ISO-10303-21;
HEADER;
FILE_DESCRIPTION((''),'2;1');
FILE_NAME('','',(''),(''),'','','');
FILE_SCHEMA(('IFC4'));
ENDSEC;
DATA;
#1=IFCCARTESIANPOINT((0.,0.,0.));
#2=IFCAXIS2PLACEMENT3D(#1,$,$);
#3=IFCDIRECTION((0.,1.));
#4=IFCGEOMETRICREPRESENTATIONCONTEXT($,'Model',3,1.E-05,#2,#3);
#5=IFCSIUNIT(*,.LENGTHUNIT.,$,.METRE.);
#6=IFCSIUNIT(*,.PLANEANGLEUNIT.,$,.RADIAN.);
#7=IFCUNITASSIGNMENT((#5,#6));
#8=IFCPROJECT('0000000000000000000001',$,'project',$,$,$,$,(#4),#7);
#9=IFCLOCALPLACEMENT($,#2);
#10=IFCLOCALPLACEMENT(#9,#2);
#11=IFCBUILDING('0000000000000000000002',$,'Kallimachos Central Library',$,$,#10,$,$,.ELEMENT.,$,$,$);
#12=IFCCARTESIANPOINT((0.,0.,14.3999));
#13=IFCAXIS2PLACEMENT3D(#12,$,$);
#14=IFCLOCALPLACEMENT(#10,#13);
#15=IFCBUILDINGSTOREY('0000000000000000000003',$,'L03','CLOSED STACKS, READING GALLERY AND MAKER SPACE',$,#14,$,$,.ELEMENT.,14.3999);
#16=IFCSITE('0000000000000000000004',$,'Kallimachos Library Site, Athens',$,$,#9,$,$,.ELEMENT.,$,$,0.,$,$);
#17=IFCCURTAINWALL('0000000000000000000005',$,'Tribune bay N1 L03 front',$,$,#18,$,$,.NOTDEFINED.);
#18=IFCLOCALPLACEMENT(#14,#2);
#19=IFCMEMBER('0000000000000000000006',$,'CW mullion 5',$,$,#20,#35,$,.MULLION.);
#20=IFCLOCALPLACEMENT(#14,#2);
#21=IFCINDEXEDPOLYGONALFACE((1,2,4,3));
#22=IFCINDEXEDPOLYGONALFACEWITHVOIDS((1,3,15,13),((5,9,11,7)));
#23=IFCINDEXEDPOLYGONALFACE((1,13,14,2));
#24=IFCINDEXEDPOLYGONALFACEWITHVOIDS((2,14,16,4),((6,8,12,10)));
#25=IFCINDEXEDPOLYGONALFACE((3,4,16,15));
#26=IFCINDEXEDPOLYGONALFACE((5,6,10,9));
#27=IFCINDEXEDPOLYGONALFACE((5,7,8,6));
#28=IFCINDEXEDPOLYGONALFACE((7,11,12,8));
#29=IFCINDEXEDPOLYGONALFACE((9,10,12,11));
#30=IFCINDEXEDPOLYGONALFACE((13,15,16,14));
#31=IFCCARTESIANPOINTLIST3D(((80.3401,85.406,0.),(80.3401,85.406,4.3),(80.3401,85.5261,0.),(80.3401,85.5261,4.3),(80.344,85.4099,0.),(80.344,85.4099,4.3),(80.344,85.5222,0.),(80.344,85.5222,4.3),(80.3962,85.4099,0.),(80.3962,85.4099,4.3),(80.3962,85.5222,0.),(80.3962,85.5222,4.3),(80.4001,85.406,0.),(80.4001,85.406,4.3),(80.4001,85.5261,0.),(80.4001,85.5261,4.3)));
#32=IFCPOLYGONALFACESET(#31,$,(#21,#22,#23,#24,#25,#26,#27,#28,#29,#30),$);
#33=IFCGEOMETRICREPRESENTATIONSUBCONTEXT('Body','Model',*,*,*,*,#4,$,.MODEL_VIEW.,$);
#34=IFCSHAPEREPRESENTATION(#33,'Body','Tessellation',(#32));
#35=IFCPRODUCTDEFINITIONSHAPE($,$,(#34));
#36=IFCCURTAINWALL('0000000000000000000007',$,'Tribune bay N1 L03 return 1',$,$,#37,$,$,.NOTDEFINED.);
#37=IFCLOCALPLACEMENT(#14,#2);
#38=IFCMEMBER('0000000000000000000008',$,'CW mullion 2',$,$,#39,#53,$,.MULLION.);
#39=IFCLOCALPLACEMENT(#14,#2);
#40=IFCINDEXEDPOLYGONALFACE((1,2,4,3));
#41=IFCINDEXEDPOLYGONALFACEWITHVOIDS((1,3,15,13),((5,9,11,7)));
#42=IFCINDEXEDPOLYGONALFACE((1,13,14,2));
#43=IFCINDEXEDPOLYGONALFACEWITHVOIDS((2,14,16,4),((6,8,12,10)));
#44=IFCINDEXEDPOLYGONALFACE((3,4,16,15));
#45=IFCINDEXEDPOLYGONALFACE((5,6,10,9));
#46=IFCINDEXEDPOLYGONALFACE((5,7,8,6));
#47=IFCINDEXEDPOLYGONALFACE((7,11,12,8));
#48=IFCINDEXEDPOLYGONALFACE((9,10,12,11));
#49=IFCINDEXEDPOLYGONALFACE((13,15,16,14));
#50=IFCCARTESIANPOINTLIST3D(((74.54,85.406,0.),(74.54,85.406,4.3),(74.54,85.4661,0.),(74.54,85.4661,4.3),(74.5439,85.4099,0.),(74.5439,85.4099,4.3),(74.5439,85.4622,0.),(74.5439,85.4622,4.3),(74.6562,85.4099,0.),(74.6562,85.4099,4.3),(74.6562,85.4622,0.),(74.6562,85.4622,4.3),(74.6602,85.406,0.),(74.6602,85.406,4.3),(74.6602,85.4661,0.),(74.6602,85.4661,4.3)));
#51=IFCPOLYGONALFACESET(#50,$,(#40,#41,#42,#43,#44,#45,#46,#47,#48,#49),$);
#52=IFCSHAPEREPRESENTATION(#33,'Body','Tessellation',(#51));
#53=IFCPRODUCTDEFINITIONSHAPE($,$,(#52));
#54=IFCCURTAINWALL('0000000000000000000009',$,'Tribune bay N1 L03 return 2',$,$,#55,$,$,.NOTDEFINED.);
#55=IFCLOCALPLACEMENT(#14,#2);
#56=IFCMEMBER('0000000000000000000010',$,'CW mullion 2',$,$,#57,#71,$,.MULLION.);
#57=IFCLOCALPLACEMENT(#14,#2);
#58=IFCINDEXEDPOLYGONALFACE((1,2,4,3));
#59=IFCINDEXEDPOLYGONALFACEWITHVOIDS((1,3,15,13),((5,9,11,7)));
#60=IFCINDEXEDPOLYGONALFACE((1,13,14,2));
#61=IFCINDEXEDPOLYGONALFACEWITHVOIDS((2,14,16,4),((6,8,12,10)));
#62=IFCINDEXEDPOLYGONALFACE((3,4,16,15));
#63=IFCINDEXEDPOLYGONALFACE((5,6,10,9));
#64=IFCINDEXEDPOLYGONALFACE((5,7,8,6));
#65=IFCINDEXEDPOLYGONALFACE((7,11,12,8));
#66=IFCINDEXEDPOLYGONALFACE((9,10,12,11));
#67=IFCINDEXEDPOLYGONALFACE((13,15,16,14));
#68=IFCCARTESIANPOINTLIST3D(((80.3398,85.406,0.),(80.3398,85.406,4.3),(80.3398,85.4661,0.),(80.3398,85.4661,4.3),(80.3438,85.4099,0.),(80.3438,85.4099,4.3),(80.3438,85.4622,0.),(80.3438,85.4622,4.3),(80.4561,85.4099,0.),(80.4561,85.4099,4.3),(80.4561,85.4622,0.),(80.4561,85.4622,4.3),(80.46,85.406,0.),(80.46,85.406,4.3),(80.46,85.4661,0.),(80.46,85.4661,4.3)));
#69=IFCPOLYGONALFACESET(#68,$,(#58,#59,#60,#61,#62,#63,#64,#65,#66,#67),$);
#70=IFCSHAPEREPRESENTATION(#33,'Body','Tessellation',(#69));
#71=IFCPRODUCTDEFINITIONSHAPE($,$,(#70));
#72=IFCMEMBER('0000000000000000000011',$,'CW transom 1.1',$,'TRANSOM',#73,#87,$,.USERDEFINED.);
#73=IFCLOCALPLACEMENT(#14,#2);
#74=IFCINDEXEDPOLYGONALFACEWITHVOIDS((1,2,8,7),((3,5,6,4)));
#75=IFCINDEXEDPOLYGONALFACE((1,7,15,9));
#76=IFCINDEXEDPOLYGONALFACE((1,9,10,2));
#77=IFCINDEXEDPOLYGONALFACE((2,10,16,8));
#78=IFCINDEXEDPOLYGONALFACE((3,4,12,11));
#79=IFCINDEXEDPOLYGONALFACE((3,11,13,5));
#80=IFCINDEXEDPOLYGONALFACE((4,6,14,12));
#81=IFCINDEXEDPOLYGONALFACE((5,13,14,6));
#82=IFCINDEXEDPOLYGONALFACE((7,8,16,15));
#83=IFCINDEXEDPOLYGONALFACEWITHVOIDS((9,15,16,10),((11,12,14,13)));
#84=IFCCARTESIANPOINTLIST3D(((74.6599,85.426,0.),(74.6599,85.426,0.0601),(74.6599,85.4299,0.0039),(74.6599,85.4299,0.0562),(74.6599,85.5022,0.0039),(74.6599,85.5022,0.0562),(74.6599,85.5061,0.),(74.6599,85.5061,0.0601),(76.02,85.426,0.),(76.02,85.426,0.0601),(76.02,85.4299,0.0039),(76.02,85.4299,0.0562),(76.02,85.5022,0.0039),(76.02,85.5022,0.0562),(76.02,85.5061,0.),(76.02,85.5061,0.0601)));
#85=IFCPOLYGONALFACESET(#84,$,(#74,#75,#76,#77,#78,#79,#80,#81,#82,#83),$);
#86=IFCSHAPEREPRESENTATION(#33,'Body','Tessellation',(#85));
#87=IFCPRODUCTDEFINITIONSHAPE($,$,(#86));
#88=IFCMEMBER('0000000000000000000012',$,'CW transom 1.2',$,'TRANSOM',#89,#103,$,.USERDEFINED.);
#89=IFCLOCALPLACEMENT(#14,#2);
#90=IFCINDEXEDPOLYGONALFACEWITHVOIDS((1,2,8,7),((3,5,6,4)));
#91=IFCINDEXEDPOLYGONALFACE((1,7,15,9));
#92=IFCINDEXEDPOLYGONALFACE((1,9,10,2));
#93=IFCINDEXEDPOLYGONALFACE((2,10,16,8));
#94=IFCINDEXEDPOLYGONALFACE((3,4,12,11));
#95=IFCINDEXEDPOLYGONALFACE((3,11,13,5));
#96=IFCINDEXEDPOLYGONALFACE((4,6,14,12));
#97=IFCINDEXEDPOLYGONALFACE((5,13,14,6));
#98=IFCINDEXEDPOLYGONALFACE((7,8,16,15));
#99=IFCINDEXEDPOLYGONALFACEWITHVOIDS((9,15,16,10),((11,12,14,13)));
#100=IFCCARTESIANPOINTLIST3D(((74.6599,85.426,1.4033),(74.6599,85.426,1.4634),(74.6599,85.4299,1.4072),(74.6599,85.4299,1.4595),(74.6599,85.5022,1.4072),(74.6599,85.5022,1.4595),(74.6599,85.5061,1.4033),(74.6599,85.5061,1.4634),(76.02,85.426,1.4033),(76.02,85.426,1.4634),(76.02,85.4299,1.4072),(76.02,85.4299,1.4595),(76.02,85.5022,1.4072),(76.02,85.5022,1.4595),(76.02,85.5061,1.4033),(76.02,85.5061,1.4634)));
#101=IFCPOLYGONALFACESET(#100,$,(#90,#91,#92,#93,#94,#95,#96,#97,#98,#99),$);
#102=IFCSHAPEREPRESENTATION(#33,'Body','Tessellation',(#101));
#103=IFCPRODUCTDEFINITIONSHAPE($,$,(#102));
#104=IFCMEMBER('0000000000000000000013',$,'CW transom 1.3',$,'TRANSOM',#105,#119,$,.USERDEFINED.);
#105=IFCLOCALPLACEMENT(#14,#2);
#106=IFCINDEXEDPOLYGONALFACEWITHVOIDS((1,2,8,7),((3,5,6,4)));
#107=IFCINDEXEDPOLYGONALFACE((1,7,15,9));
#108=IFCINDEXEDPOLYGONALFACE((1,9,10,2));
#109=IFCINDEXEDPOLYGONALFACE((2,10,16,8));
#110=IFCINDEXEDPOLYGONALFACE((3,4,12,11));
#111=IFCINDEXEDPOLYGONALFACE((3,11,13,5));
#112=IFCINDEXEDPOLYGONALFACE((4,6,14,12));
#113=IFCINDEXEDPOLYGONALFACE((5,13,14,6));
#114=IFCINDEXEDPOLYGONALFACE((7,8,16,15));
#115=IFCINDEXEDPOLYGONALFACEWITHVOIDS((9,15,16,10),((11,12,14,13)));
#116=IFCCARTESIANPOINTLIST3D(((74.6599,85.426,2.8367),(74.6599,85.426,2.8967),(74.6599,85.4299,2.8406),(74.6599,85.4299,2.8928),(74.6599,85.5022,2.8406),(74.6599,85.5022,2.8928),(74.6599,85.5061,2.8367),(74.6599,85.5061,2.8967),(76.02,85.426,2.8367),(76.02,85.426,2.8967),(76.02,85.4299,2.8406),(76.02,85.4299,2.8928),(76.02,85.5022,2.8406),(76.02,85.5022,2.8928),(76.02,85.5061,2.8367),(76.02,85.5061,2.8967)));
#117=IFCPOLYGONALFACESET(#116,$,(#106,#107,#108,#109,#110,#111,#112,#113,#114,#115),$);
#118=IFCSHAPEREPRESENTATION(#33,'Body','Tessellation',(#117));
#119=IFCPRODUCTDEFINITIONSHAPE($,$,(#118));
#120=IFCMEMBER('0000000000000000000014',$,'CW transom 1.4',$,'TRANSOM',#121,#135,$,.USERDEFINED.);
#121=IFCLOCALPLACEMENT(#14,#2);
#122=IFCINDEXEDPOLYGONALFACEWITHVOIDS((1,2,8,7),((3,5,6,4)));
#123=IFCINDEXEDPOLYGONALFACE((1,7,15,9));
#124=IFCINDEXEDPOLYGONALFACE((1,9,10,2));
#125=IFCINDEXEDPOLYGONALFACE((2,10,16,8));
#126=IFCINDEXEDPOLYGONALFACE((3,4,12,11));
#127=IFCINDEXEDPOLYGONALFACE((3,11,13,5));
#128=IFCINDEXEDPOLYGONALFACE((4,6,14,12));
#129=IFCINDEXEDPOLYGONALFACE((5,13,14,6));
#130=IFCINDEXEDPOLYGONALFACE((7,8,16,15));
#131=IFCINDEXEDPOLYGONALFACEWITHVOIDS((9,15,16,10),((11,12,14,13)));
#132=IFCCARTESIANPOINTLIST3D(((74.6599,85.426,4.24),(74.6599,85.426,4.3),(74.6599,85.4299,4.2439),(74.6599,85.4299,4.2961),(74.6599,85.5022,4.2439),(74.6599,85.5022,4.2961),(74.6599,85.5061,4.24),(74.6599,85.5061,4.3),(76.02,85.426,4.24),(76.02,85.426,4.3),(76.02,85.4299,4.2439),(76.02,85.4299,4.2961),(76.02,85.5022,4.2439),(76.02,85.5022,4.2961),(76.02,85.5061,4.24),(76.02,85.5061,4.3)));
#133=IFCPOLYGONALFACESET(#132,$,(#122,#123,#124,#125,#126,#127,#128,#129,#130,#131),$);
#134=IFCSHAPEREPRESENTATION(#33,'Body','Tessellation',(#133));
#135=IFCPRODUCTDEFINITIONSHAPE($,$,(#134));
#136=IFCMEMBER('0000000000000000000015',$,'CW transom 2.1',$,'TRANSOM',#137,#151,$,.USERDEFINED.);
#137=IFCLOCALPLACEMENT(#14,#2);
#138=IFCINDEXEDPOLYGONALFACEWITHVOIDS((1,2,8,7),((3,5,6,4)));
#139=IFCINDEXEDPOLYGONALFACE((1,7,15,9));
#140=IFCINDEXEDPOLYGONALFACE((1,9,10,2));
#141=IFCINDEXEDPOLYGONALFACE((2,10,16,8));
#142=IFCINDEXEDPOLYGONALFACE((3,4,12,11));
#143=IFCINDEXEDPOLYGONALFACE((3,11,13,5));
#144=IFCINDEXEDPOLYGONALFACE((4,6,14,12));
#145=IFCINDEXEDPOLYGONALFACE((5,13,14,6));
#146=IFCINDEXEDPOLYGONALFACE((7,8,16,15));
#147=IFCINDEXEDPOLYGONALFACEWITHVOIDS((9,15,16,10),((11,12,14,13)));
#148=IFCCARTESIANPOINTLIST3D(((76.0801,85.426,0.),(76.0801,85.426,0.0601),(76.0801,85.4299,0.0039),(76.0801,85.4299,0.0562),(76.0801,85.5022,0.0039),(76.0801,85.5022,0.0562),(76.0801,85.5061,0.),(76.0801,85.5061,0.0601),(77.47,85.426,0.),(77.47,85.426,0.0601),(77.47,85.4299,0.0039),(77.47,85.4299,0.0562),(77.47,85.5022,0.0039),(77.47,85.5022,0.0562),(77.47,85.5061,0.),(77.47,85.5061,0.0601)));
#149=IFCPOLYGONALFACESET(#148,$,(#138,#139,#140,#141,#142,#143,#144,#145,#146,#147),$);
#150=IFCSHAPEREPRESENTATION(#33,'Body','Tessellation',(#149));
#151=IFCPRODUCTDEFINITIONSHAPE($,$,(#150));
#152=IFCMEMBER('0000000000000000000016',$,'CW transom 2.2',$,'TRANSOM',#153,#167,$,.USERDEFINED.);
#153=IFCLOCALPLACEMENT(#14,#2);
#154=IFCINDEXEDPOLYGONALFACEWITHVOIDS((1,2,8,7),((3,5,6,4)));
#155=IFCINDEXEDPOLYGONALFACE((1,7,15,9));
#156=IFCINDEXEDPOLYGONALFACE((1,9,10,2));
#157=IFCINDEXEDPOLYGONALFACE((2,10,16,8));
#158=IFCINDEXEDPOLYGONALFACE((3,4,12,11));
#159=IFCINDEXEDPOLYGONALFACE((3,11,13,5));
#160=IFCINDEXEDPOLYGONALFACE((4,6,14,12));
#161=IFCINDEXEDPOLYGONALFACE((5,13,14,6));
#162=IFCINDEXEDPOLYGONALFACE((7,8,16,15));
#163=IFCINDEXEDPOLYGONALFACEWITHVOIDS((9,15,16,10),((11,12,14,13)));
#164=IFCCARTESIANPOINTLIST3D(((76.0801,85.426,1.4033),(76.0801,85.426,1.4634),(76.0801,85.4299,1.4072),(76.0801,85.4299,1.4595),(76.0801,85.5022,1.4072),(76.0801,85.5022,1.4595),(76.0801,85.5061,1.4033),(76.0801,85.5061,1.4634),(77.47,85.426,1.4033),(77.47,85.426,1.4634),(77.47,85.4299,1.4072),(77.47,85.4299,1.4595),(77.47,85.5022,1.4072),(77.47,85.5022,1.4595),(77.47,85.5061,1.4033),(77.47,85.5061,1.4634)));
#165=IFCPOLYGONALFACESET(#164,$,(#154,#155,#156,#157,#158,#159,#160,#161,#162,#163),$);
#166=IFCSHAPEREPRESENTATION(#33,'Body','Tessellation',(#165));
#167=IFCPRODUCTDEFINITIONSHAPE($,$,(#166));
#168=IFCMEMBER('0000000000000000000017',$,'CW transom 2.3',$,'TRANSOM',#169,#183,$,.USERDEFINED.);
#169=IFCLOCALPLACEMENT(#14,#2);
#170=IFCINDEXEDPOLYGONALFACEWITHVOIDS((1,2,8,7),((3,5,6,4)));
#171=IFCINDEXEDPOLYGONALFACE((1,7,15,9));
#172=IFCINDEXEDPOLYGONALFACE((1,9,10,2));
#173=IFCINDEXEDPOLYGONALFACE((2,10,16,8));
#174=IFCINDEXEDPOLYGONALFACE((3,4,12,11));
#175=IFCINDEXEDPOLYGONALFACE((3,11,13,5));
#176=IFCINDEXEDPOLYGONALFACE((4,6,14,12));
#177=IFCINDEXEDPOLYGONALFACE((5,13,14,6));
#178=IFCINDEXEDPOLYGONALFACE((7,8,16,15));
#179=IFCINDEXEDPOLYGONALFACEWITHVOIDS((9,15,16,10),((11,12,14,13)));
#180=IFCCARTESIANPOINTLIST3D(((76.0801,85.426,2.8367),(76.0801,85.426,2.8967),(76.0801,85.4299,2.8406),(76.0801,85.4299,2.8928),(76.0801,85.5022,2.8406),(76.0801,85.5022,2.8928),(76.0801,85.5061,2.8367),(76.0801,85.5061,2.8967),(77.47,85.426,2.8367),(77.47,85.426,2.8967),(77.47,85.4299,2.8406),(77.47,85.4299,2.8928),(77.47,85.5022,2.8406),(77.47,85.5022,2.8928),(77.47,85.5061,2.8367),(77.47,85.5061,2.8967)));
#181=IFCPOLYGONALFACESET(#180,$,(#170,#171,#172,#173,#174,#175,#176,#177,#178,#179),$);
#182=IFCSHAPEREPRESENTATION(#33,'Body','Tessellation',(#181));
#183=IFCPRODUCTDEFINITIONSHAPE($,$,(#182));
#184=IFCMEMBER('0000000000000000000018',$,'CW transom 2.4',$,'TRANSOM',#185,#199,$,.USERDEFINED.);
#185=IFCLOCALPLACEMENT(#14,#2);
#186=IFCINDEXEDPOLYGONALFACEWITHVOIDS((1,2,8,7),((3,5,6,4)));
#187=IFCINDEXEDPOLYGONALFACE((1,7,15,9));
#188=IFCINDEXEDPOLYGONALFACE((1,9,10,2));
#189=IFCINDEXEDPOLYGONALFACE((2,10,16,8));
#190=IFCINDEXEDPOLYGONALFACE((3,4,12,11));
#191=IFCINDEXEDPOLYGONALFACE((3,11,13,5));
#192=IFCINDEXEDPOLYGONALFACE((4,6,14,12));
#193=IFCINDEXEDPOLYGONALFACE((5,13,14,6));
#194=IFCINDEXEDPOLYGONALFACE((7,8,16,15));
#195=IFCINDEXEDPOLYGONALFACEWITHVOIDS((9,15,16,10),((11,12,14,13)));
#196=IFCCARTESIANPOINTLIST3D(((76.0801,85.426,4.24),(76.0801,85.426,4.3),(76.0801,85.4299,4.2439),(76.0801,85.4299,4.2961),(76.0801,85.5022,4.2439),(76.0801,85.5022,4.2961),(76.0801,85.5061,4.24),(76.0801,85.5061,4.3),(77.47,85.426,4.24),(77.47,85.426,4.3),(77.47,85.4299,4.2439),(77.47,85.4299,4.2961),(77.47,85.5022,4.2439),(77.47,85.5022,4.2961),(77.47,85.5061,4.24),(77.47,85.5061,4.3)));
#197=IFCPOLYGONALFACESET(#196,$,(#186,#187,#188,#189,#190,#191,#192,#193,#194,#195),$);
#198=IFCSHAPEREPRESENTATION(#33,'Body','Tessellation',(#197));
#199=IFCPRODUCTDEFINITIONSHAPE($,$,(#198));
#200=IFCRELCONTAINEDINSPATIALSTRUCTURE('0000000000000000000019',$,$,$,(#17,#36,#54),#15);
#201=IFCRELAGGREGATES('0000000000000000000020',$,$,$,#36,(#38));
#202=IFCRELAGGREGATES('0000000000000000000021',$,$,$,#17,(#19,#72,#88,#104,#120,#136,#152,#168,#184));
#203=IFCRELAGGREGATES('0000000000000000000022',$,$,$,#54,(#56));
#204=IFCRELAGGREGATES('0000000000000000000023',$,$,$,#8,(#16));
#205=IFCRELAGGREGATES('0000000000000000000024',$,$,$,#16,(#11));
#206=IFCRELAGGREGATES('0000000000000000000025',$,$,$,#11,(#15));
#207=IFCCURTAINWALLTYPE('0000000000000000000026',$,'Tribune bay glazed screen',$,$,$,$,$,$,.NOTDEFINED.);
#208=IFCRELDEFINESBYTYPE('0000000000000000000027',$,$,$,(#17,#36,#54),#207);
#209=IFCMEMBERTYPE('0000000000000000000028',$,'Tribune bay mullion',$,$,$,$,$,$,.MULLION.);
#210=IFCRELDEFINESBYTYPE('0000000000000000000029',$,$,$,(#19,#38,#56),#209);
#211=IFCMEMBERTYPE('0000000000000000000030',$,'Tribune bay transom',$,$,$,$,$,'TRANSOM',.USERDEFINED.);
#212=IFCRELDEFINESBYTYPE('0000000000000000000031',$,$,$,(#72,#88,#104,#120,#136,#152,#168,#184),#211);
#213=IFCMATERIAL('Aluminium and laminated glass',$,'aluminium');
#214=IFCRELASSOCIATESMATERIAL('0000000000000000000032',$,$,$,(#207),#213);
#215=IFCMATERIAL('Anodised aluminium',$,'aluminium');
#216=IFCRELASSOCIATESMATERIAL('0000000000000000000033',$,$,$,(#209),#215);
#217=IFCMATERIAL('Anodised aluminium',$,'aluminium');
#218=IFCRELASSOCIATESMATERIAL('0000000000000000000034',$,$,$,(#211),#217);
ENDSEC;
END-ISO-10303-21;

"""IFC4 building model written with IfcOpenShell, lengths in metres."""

from ifc_helpers import new_model, si_unit, direction, frame, origin, origin_2d, place, context, subcontext, project, spatial, hollow_rectangle, extrude, material, material_profile, profile_set, type_object, element, aggregate, save


model = new_model("IFC4")

# Units and contexts
model_context = context("Model", 3, precision=1e-05, world=origin(), true_north=direction((0.0, 1.0)))
body_context = subcontext(model_context, "Body", "Model", "MODEL_VIEW")
ifc_project = project(units=[si_unit("LENGTHUNIT", "METRE"), si_unit("PLANEANGLEUNIT", "RADIAN")], contexts=[model_context])

# Site, building, storey
site_placement = place(None, origin())
site = spatial("IfcSite", under=ifc_project, at=site_placement, Name="Kallimachos Library Site, Athens", CompositionType="ELEMENT", RefElevation=0.0)
building_placement = place(site_placement, origin())
building = spatial("IfcBuilding", under=site, at=building_placement, Name="Kallimachos Central Library", CompositionType="ELEMENT")
storey_placement = place(building_placement, frame((0.0, 0.0, 14.3999)))
storey = spatial("IfcBuildingStorey", under=building, at=storey_placement, Name="L03", Description="CLOSED STACKS, READING GALLERY AND MAKER SPACE", CompositionType="ELEMENT", Elevation=14.3999)

# Curtain wall, member
ifc_material_1 = material(Name="Aluminium and laminated glass", Category="aluminium")
curtain_wall_type = type_object("IfcCurtainWallType", Name="Tribune bay glazed screen", PredefinedType="NOTDEFINED", material=ifc_material_1)
curtain_wall_1_placement = place(storey_placement, origin())
curtain_wall_1 = element("IfcCurtainWall", 1, at=curtain_wall_1_placement, inside=storey, type_object=curtain_wall_type, Name="Tribune bay N1 L03 front", PredefinedType="NOTDEFINED")
ifc_material_2 = material(Name="Anodised aluminium", Category="aluminium")
ifc_material_profile_1 = material_profile(ifc_material_2, hollow_rectangle(XDim=0.0601, YDim=0.1201, WallThickness=0.0039, at=origin_2d()), Name="ALU MULLION 60x120")
ifc_profile_set_1 = profile_set([ifc_material_profile_1], Name="Anodised aluminium")
member_type_1 = type_object("IfcMemberType", Name="Tribune bay mullion", PredefinedType="MULLION", material=ifc_profile_set_1)
member_1_placement = place(storey_placement, frame((80.3701, 85.4661, 0.0), z_axis=(0.0, 0.0, 1.0), x_axis=(1.0, 0.0, 0.0)))
member_1 = element("IfcMember", 2, at=member_1_placement, type_object=member_type_1, Name="CW mullion 5", PredefinedType="MULLION", context=body_context, shape_type="SweptSolid", body=[
    extrude(hollow_rectangle(XDim=0.0601, YDim=0.1201, WallThickness=0.0039, at=origin_2d()), origin(), (0.0, 0.0, 1.0), 4.3),
])

# Curtain walls, members
curtain_wall_2_placement = place(storey_placement, origin())
curtain_wall_2 = element("IfcCurtainWall", 3, at=curtain_wall_2_placement, inside=storey, type_object=curtain_wall_type, Name="Tribune bay N1 L03 return 1", PredefinedType="NOTDEFINED")
member_2_placement = place(storey_placement, frame((74.6001, 85.436, 0.0), z_axis=(0.0, 0.0, 1.0), x_axis=(0.0, 1.0, 0.0)))
member_2 = element("IfcMember", 4, at=member_2_placement, type_object=member_type_1, Name="CW mullion 2", PredefinedType="MULLION", context=body_context, shape_type="SweptSolid", body=[
    extrude(hollow_rectangle(XDim=0.0601, YDim=0.1201, WallThickness=0.0039, at=origin_2d()), origin(), (0.0, 0.0, 1.0), 4.3),
])
aggregate(curtain_wall_2, [member_2])
curtain_wall_3_placement = place(storey_placement, origin())
curtain_wall_3 = element("IfcCurtainWall", 5, at=curtain_wall_3_placement, inside=storey, type_object=curtain_wall_type, Name="Tribune bay N1 L03 return 2", PredefinedType="NOTDEFINED")
member_3_placement = place(storey_placement, frame((80.3999, 85.436, 0.0), z_axis=(0.0, 0.0, 1.0), x_axis=(0.0, 1.0, 0.0)))
member_3 = element("IfcMember", 6, at=member_3_placement, type_object=member_type_1, Name="CW mullion 2", PredefinedType="MULLION", context=body_context, shape_type="SweptSolid", body=[
    extrude(hollow_rectangle(XDim=0.0601, YDim=0.1201, WallThickness=0.0039, at=origin_2d()), origin(), (0.0, 0.0, 1.0), 4.3),
])

# Members
ifc_material_3 = material(Name="Anodised aluminium", Category="aluminium")
ifc_material_profile_2 = material_profile(ifc_material_3, hollow_rectangle(XDim=0.0601, YDim=0.0801, WallThickness=0.0039, at=origin_2d()), Name="ALU TRANSOM 60x80")
ifc_profile_set_2 = profile_set([ifc_material_profile_2], Name="Anodised aluminium")
member_type_2 = type_object("IfcMemberType", Name="Tribune bay transom", ElementType="TRANSOM", PredefinedType="USERDEFINED", material=ifc_profile_set_2)
member_4_placement = place(storey_placement, frame((74.6599, 85.4661, 0.03), z_axis=(1.0, 0.0, 0.0), x_axis=(0.0, 0.0, 1.0)))
member_4 = element("IfcMember", 7, at=member_4_placement, type_object=member_type_2, Name="CW transom 1.1", ObjectType="TRANSOM", PredefinedType="USERDEFINED", context=body_context, shape_type="SweptSolid", body=[
    extrude(hollow_rectangle(XDim=0.0601, YDim=0.0801, WallThickness=0.0039, at=origin_2d()), origin(), (0.0, 0.0, 1.0), 1.3601),
])
member_5_placement = place(storey_placement, frame((74.6599, 85.4661, 1.4333), z_axis=(1.0, 0.0, 0.0), x_axis=(0.0, 0.0, 1.0)))
member_5 = element("IfcMember", 8, at=member_5_placement, type_object=member_type_2, Name="CW transom 1.2", ObjectType="TRANSOM", PredefinedType="USERDEFINED", context=body_context, shape_type="SweptSolid", body=[
    extrude(hollow_rectangle(XDim=0.0601, YDim=0.0801, WallThickness=0.0039, at=origin_2d()), origin(), (0.0, 0.0, 1.0), 1.3601),
])
member_6_placement = place(storey_placement, frame((74.6599, 85.4661, 2.8667), z_axis=(1.0, 0.0, 0.0), x_axis=(0.0, 0.0, 1.0)))
member_6 = element("IfcMember", 9, at=member_6_placement, type_object=member_type_2, Name="CW transom 1.3", ObjectType="TRANSOM", PredefinedType="USERDEFINED", context=body_context, shape_type="SweptSolid", body=[
    extrude(hollow_rectangle(XDim=0.0601, YDim=0.0801, WallThickness=0.0039, at=origin_2d()), origin(), (0.0, 0.0, 1.0), 1.3601),
])
member_7_placement = place(storey_placement, frame((74.6599, 85.4661, 4.27), z_axis=(1.0, 0.0, 0.0), x_axis=(0.0, 0.0, 1.0)))
member_7 = element("IfcMember", 10, at=member_7_placement, type_object=member_type_2, Name="CW transom 1.4", ObjectType="TRANSOM", PredefinedType="USERDEFINED", context=body_context, shape_type="SweptSolid", body=[
    extrude(hollow_rectangle(XDim=0.0601, YDim=0.0801, WallThickness=0.0039, at=origin_2d()), origin(), (0.0, 0.0, 1.0), 1.3601),
])
member_8_placement = place(storey_placement, frame((76.0801, 85.4661, 0.03), z_axis=(1.0, 0.0, 0.0), x_axis=(0.0, 0.0, 1.0)))
member_8 = element("IfcMember", 11, at=member_8_placement, type_object=member_type_2, Name="CW transom 2.1", ObjectType="TRANSOM", PredefinedType="USERDEFINED", context=body_context, shape_type="SweptSolid", body=[
    extrude(hollow_rectangle(XDim=0.0601, YDim=0.0801, WallThickness=0.0039, at=origin_2d()), origin(), (0.0, 0.0, 1.0), 1.3899),
])
member_9_placement = place(storey_placement, frame((76.0801, 85.4661, 1.4333), z_axis=(1.0, 0.0, 0.0), x_axis=(0.0, 0.0, 1.0)))
member_9 = element("IfcMember", 12, at=member_9_placement, type_object=member_type_2, Name="CW transom 2.2", ObjectType="TRANSOM", PredefinedType="USERDEFINED", context=body_context, shape_type="SweptSolid", body=[
    extrude(hollow_rectangle(XDim=0.0601, YDim=0.0801, WallThickness=0.0039, at=origin_2d()), origin(), (0.0, 0.0, 1.0), 1.3899),
])
member_10_placement = place(storey_placement, frame((76.0801, 85.4661, 2.8667), z_axis=(1.0, 0.0, 0.0), x_axis=(0.0, 0.0, 1.0)))
member_10 = element("IfcMember", 13, at=member_10_placement, type_object=member_type_2, Name="CW transom 2.3", ObjectType="TRANSOM", PredefinedType="USERDEFINED", context=body_context, shape_type="SweptSolid", body=[
    extrude(hollow_rectangle(XDim=0.0601, YDim=0.0801, WallThickness=0.0039, at=origin_2d()), origin(), (0.0, 0.0, 1.0), 1.3899),
])
member_11_placement = place(storey_placement, frame((76.0801, 85.4661, 4.27), z_axis=(1.0, 0.0, 0.0), x_axis=(0.0, 0.0, 1.0)))
member_11 = element("IfcMember", 14, at=member_11_placement, type_object=member_type_2, Name="CW transom 2.4", ObjectType="TRANSOM", PredefinedType="USERDEFINED", context=body_context, shape_type="SweptSolid", body=[
    extrude(hollow_rectangle(XDim=0.0601, YDim=0.0801, WallThickness=0.0039, at=origin_2d()), origin(), (0.0, 0.0, 1.0), 1.3899),
])

aggregate(curtain_wall_1, [member_1, member_4, member_5, member_6, member_7, member_8, member_9, member_10, member_11])
aggregate(curtain_wall_3, [member_3])

save(model, "model.ifc")
